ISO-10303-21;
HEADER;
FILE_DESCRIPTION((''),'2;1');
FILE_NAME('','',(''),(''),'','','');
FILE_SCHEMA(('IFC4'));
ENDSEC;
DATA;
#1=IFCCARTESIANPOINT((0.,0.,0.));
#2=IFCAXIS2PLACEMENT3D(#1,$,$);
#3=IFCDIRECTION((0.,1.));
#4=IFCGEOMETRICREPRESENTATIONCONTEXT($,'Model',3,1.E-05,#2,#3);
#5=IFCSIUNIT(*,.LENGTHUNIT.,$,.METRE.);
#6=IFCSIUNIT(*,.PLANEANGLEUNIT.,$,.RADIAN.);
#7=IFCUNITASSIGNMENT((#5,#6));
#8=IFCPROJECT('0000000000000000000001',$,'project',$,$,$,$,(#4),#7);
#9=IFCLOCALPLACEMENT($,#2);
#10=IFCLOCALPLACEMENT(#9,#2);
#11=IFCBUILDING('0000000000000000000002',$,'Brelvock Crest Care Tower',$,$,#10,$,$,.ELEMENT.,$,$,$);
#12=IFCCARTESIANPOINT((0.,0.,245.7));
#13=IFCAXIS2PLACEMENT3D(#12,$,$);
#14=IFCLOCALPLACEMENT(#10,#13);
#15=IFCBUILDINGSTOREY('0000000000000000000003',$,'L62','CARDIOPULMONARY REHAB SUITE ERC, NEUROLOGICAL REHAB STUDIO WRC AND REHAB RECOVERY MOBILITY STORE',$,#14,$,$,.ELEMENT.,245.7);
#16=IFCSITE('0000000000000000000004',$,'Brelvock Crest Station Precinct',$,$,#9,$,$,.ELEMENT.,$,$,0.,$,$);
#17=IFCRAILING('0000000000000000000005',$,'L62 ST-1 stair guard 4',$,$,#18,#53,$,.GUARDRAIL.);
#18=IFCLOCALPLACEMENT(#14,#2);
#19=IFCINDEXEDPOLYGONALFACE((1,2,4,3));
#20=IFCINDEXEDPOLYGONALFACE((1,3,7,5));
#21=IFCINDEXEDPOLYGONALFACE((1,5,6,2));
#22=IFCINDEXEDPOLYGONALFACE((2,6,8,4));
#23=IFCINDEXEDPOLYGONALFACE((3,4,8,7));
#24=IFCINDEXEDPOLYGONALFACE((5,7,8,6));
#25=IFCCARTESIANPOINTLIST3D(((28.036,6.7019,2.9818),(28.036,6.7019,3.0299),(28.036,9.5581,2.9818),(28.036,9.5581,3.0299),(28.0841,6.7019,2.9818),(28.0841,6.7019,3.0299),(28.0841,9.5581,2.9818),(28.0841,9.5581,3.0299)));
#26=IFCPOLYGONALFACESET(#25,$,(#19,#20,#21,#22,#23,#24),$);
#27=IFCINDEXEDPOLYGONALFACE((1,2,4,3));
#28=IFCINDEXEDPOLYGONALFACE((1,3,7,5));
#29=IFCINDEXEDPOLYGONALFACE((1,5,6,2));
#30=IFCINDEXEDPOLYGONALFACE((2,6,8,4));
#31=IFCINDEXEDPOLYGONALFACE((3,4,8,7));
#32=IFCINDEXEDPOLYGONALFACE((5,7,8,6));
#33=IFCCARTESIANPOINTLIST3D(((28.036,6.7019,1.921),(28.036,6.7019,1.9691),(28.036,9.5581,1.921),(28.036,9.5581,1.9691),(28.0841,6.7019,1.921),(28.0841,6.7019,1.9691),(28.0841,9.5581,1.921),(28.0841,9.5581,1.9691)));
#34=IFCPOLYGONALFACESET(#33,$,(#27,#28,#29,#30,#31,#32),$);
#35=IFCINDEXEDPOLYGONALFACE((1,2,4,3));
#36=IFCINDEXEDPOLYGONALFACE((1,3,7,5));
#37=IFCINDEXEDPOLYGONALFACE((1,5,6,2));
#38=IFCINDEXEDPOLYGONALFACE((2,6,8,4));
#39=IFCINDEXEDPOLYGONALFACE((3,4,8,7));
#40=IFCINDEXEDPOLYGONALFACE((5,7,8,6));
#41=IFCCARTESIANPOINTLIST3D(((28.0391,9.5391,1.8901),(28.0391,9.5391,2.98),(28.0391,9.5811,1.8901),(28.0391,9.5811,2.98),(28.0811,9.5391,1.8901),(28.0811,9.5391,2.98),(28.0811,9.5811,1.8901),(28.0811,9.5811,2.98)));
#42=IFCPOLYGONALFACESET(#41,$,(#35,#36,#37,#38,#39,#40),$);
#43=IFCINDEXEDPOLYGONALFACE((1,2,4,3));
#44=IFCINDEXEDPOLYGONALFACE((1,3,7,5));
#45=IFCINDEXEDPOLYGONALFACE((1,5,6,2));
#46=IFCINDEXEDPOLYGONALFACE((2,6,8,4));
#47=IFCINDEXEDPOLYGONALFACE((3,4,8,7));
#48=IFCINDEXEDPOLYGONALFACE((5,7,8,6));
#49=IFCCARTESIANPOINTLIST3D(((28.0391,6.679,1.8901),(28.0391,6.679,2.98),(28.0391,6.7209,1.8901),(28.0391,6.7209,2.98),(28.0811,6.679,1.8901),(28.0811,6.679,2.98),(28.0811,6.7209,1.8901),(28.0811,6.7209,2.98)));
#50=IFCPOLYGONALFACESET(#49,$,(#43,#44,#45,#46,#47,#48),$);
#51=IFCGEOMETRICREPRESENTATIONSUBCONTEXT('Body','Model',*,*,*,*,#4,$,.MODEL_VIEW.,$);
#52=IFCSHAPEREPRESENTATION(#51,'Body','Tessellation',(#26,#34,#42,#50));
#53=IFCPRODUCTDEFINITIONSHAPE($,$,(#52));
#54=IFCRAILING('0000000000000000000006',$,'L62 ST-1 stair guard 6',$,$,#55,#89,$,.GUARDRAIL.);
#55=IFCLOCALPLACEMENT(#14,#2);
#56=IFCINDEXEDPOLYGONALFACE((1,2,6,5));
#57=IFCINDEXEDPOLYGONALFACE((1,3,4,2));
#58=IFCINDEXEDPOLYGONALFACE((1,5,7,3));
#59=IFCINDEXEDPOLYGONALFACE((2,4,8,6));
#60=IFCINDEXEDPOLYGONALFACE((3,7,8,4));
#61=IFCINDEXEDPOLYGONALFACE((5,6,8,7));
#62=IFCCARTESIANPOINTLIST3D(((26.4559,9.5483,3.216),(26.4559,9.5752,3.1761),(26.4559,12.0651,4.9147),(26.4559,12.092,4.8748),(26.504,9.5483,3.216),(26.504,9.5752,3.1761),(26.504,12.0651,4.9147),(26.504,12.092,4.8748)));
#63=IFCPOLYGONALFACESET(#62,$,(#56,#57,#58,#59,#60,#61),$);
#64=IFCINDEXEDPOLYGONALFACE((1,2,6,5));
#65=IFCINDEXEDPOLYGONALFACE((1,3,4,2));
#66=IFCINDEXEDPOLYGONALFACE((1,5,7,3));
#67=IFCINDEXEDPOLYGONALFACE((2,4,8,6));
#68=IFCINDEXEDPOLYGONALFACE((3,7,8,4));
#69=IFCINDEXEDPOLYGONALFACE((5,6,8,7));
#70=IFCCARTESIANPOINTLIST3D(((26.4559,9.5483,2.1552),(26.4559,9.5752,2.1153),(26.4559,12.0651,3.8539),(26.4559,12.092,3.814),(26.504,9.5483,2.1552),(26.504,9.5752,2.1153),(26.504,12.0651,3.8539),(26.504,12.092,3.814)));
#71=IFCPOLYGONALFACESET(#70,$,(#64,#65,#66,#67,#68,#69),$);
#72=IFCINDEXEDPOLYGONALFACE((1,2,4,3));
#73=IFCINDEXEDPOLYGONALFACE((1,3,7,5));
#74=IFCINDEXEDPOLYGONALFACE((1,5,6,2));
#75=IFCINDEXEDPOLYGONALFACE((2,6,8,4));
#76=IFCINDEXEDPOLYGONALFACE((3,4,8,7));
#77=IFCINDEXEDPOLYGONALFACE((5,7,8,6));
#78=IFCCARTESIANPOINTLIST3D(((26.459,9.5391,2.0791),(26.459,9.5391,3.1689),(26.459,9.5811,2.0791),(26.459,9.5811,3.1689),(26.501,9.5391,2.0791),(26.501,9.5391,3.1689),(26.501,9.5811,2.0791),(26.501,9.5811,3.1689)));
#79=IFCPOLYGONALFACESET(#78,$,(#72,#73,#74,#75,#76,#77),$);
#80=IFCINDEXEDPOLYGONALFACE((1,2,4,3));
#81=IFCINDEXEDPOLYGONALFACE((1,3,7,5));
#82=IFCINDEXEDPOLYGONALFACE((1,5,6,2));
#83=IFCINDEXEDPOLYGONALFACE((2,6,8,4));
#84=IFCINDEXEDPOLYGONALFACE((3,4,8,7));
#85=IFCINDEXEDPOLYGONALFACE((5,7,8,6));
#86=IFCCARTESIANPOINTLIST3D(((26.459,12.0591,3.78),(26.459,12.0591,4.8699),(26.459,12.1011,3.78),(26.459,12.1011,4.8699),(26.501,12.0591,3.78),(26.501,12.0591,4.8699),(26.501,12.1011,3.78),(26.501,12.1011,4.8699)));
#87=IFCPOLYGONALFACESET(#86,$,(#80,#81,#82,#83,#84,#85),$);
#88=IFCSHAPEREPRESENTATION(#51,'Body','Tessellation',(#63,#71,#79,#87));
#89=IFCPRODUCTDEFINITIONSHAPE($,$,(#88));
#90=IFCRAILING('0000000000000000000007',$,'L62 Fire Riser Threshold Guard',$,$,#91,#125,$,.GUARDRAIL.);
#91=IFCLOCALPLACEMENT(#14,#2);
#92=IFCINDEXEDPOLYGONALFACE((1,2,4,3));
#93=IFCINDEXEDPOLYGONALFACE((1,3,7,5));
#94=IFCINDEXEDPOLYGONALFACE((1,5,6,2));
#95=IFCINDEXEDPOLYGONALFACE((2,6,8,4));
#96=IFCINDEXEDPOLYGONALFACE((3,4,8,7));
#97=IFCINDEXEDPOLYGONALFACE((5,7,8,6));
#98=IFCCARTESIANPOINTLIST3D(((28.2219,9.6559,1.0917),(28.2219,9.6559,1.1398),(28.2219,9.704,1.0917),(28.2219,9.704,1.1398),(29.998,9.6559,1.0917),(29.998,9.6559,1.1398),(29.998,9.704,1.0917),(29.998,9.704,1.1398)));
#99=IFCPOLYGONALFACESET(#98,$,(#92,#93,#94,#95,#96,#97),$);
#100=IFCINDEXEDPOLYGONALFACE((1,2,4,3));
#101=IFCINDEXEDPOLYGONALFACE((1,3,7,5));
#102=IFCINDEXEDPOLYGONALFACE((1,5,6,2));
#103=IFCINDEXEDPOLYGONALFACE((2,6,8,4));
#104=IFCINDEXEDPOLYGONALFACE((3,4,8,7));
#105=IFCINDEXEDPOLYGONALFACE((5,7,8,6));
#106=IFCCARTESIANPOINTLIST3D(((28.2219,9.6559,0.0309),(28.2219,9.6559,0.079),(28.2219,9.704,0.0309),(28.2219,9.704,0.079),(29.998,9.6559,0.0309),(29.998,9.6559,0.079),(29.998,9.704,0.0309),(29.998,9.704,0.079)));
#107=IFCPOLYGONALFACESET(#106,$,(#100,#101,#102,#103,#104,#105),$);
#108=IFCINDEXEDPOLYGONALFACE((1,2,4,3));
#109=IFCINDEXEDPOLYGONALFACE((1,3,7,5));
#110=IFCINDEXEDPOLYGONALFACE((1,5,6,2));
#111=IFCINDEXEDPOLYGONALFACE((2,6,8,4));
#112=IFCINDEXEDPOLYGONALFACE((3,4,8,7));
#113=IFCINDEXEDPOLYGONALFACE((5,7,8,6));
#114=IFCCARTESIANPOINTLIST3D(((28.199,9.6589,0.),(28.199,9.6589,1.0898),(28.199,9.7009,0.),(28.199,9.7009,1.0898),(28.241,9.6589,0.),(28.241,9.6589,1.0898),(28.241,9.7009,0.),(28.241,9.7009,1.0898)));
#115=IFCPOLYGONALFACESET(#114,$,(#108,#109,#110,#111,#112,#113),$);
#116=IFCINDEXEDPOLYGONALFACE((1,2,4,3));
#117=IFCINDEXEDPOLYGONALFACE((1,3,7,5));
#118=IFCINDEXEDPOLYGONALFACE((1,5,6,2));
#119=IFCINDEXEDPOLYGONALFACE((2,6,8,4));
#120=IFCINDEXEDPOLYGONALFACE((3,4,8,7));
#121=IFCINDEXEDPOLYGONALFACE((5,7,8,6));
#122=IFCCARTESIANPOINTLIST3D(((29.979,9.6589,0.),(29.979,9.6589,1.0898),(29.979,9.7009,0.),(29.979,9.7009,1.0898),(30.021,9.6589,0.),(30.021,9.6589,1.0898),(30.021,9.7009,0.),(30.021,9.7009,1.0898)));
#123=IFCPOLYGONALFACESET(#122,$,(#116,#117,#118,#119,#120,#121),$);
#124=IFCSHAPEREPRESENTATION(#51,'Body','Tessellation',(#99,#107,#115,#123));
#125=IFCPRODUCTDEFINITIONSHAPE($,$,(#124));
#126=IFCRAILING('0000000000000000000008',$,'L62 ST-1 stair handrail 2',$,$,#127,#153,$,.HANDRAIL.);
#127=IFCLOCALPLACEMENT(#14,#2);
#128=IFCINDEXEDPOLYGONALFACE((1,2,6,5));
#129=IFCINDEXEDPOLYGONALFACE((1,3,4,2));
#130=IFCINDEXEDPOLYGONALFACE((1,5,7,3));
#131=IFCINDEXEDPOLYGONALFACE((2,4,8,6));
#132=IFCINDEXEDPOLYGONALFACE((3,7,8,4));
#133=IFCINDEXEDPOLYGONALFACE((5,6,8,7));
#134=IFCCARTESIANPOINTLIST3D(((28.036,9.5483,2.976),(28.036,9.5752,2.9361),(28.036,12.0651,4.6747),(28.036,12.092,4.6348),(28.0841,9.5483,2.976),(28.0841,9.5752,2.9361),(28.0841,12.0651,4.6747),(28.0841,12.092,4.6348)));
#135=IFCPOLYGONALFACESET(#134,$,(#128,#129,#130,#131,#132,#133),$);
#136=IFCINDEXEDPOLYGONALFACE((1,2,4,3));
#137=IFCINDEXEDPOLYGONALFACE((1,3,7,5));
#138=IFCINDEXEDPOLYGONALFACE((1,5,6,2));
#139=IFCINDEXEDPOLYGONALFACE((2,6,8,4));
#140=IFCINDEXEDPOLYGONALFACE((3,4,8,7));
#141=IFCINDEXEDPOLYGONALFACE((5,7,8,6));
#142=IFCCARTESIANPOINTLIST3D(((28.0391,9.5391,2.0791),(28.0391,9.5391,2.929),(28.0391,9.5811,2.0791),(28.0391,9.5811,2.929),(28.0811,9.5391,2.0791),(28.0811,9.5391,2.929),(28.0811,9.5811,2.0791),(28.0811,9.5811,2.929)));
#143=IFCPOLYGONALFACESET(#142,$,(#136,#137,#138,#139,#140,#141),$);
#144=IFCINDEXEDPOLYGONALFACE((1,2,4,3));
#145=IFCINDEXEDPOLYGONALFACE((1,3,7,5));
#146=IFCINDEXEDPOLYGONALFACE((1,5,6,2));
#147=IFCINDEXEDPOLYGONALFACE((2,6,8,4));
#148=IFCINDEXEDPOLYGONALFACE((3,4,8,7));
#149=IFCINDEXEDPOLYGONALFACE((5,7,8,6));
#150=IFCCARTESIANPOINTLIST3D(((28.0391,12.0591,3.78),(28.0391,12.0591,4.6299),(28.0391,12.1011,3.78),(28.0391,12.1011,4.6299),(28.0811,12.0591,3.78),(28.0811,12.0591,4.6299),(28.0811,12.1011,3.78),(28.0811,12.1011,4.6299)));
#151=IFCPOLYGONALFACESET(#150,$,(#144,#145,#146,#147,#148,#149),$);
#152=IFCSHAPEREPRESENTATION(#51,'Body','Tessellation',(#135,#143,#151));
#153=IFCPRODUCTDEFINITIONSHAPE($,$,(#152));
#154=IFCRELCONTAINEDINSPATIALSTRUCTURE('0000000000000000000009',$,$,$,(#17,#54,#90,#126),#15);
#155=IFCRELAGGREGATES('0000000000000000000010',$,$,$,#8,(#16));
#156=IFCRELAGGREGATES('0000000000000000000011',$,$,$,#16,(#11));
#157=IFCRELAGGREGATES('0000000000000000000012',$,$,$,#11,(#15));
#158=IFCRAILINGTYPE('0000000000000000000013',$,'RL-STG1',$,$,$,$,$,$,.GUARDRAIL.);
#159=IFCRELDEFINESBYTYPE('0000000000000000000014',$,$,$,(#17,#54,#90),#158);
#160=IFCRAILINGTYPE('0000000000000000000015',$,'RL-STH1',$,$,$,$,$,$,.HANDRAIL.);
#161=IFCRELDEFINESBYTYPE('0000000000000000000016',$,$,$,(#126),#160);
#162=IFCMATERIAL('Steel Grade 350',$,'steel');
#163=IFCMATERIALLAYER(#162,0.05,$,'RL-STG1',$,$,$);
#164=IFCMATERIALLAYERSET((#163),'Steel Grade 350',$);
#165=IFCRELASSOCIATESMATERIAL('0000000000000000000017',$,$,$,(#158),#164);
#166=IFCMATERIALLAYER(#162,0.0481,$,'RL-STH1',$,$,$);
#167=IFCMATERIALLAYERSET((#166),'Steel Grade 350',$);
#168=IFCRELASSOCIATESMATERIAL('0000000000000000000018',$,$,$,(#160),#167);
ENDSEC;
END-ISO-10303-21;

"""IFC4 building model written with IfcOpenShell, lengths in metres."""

from ifc_helpers import new_model, si_unit, direction, frame, origin, origin_2d, place, context, subcontext, project, spatial, rectangle, extrude, material, layer, layer_set, type_object, element, save


model = new_model("IFC4")

# Units and contexts
model_context = context("Model", 3, precision=1e-05, world=origin(), true_north=direction((0.0, 1.0)))
body_context = subcontext(model_context, "Body", "Model", "MODEL_VIEW")
ifc_project = project(units=[si_unit("LENGTHUNIT", "METRE"), si_unit("PLANEANGLEUNIT", "RADIAN")], contexts=[model_context])

# Site, building, storey
site_placement = place(None, origin())
site = spatial("IfcSite", under=ifc_project, at=site_placement, Name="Brelvock Crest Station Precinct", CompositionType="ELEMENT", RefElevation=0.0)
building_placement = place(site_placement, origin())
building = spatial("IfcBuilding", under=site, at=building_placement, Name="Brelvock Crest Care Tower", CompositionType="ELEMENT")
storey_placement = place(building_placement, frame((0.0, 0.0, 245.7)))
storey = spatial("IfcBuildingStorey", under=building, at=storey_placement, Name="L62", Description="CARDIOPULMONARY REHAB SUITE ERC, NEUROLOGICAL REHAB STUDIO WRC AND REHAB RECOVERY MOBILITY STORE", CompositionType="ELEMENT", Elevation=245.7)

# Shared definitions
ifc_material_1 = material(Name="Steel Grade 350", Category="steel")

# Railings
ifc_layer_1 = layer(ifc_material_1, 0.05, Name="RL-STG1")
ifc_layer_set_1 = layer_set([ifc_layer_1], Name="Steel Grade 350")
railing_type_1 = type_object("IfcRailingType", Name="RL-STG1", PredefinedType="GUARDRAIL", material=ifc_layer_set_1)
railing_1_placement = place(storey_placement, frame((28.0601, 9.5601, 1.8901)))
element("IfcRailing", 1, at=railing_1_placement, inside=storey, type_object=railing_type_1, Name="L62 ST-1 stair guard 4", PredefinedType="GUARDRAIL", context=body_context, shape_type="SweptSolid", body=[
    extrude(rectangle(XDim=0.0481, YDim=0.0481, at=origin_2d()), frame((0.0, -0.002, 1.1157), z_axis=(0.0, -1.0, 0.0), x_axis=(1.0, 0.0, 0.0)), (0.0, 0.0, 1.0), 2.8562),
    extrude(rectangle(XDim=0.0481, YDim=0.0481, at=origin_2d()), frame((0.0, -0.002, 0.0549), z_axis=(0.0, -1.0, 0.0), x_axis=(1.0, 0.0, 0.0)), (0.0, 0.0, 1.0), 2.8562),
    extrude(rectangle(XDim=0.042, YDim=0.042, at=origin_2d()), origin(), (0.0, 0.0, 1.0), 1.0898),
    extrude(rectangle(XDim=0.042, YDim=0.042, at=origin_2d()), frame((0.0, -2.8601, 0.0)), (0.0, 0.0, 1.0), 1.0898),
])
railing_2_placement = place(storey_placement, frame((26.48, 9.5601, 2.0791)))
element("IfcRailing", 2, at=railing_2_placement, inside=storey, type_object=railing_type_1, Name="L62 ST-1 stair guard 6", PredefinedType="GUARDRAIL", context=body_context, shape_type="SweptSolid", body=[
    extrude(rectangle(XDim=0.0481, YDim=0.0481, at=origin_2d()), frame((0.0, 0.0017, 1.1169), z_axis=(0.0, 0.828862, 0.559454), x_axis=(-1.0, 0.0, 0.0)), (0.0, 0.0, 1.0), 3.0364),
    extrude(rectangle(XDim=0.0481, YDim=0.0481, at=origin_2d()), frame((0.0, 0.0017, 0.0562), z_axis=(0.0, 0.828862, 0.559454), x_axis=(-1.0, 0.0, 0.0)), (0.0, 0.0, 1.0), 3.0364),
    extrude(rectangle(XDim=0.042, YDim=0.042, at=origin_2d()), origin(), (0.0, 0.0, 1.0), 1.0898),
    extrude(rectangle(XDim=0.042, YDim=0.042, at=origin_2d()), frame((0.0, 2.52, 1.7009)), (0.0, 0.0, 1.0), 1.0898),
])
railing_3_placement = place(storey_placement, frame((28.22, 9.6799, 0.0)))
element("IfcRailing", 3, at=railing_3_placement, inside=storey, type_object=railing_type_1, Name="L62 Fire Riser Threshold Guard", PredefinedType="GUARDRAIL", context=body_context, shape_type="SweptSolid", body=[
    extrude(rectangle(XDim=0.0481, YDim=0.0481, at=origin_2d()), frame((0.002, 0.0, 1.1157), z_axis=(1.0, 0.0, 0.0), x_axis=(0.0, 1.0, 0.0)), (0.0, 0.0, 1.0), 1.7761),
    extrude(rectangle(XDim=0.0481, YDim=0.0481, at=origin_2d()), frame((0.002, 0.0, 0.0549), z_axis=(1.0, 0.0, 0.0), x_axis=(0.0, 1.0, 0.0)), (0.0, 0.0, 1.0), 1.7761),
    extrude(rectangle(XDim=0.042, YDim=0.042, at=origin_2d()), origin(), (0.0, 0.0, 1.0), 1.0898),
    extrude(rectangle(XDim=0.042, YDim=0.042, at=origin_2d()), frame((1.78, 0.0, 0.0)), (0.0, 0.0, 1.0), 1.0898),
])
ifc_layer_2 = layer(ifc_material_1, 0.0481, Name="RL-STH1")
ifc_layer_set_2 = layer_set([ifc_layer_2], Name="Steel Grade 350")
railing_type_2 = type_object("IfcRailingType", Name="RL-STH1", PredefinedType="HANDRAIL", material=ifc_layer_set_2)
railing_4_placement = place(storey_placement, frame((28.0601, 9.5601, 2.0791)))
element("IfcRailing", 4, at=railing_4_placement, inside=storey, type_object=railing_type_2, Name="L62 ST-1 stair handrail 2", PredefinedType="HANDRAIL", context=body_context, shape_type="SweptSolid", body=[
    extrude(rectangle(XDim=0.0481, YDim=0.0481, at=origin_2d()), frame((0.0, 0.0017, 0.877), z_axis=(0.0, 0.828862, 0.559454), x_axis=(-1.0, 0.0, 0.0)), (0.0, 0.0, 1.0), 3.0364),
    extrude(rectangle(XDim=0.042, YDim=0.042, at=origin_2d()), origin(), (0.0, 0.0, 1.0), 0.8499),
    extrude(rectangle(XDim=0.042, YDim=0.042, at=origin_2d()), frame((0.0, 2.52, 1.7009)), (0.0, 0.0, 1.0), 0.8499),
])

save(model, "model.ifc")
